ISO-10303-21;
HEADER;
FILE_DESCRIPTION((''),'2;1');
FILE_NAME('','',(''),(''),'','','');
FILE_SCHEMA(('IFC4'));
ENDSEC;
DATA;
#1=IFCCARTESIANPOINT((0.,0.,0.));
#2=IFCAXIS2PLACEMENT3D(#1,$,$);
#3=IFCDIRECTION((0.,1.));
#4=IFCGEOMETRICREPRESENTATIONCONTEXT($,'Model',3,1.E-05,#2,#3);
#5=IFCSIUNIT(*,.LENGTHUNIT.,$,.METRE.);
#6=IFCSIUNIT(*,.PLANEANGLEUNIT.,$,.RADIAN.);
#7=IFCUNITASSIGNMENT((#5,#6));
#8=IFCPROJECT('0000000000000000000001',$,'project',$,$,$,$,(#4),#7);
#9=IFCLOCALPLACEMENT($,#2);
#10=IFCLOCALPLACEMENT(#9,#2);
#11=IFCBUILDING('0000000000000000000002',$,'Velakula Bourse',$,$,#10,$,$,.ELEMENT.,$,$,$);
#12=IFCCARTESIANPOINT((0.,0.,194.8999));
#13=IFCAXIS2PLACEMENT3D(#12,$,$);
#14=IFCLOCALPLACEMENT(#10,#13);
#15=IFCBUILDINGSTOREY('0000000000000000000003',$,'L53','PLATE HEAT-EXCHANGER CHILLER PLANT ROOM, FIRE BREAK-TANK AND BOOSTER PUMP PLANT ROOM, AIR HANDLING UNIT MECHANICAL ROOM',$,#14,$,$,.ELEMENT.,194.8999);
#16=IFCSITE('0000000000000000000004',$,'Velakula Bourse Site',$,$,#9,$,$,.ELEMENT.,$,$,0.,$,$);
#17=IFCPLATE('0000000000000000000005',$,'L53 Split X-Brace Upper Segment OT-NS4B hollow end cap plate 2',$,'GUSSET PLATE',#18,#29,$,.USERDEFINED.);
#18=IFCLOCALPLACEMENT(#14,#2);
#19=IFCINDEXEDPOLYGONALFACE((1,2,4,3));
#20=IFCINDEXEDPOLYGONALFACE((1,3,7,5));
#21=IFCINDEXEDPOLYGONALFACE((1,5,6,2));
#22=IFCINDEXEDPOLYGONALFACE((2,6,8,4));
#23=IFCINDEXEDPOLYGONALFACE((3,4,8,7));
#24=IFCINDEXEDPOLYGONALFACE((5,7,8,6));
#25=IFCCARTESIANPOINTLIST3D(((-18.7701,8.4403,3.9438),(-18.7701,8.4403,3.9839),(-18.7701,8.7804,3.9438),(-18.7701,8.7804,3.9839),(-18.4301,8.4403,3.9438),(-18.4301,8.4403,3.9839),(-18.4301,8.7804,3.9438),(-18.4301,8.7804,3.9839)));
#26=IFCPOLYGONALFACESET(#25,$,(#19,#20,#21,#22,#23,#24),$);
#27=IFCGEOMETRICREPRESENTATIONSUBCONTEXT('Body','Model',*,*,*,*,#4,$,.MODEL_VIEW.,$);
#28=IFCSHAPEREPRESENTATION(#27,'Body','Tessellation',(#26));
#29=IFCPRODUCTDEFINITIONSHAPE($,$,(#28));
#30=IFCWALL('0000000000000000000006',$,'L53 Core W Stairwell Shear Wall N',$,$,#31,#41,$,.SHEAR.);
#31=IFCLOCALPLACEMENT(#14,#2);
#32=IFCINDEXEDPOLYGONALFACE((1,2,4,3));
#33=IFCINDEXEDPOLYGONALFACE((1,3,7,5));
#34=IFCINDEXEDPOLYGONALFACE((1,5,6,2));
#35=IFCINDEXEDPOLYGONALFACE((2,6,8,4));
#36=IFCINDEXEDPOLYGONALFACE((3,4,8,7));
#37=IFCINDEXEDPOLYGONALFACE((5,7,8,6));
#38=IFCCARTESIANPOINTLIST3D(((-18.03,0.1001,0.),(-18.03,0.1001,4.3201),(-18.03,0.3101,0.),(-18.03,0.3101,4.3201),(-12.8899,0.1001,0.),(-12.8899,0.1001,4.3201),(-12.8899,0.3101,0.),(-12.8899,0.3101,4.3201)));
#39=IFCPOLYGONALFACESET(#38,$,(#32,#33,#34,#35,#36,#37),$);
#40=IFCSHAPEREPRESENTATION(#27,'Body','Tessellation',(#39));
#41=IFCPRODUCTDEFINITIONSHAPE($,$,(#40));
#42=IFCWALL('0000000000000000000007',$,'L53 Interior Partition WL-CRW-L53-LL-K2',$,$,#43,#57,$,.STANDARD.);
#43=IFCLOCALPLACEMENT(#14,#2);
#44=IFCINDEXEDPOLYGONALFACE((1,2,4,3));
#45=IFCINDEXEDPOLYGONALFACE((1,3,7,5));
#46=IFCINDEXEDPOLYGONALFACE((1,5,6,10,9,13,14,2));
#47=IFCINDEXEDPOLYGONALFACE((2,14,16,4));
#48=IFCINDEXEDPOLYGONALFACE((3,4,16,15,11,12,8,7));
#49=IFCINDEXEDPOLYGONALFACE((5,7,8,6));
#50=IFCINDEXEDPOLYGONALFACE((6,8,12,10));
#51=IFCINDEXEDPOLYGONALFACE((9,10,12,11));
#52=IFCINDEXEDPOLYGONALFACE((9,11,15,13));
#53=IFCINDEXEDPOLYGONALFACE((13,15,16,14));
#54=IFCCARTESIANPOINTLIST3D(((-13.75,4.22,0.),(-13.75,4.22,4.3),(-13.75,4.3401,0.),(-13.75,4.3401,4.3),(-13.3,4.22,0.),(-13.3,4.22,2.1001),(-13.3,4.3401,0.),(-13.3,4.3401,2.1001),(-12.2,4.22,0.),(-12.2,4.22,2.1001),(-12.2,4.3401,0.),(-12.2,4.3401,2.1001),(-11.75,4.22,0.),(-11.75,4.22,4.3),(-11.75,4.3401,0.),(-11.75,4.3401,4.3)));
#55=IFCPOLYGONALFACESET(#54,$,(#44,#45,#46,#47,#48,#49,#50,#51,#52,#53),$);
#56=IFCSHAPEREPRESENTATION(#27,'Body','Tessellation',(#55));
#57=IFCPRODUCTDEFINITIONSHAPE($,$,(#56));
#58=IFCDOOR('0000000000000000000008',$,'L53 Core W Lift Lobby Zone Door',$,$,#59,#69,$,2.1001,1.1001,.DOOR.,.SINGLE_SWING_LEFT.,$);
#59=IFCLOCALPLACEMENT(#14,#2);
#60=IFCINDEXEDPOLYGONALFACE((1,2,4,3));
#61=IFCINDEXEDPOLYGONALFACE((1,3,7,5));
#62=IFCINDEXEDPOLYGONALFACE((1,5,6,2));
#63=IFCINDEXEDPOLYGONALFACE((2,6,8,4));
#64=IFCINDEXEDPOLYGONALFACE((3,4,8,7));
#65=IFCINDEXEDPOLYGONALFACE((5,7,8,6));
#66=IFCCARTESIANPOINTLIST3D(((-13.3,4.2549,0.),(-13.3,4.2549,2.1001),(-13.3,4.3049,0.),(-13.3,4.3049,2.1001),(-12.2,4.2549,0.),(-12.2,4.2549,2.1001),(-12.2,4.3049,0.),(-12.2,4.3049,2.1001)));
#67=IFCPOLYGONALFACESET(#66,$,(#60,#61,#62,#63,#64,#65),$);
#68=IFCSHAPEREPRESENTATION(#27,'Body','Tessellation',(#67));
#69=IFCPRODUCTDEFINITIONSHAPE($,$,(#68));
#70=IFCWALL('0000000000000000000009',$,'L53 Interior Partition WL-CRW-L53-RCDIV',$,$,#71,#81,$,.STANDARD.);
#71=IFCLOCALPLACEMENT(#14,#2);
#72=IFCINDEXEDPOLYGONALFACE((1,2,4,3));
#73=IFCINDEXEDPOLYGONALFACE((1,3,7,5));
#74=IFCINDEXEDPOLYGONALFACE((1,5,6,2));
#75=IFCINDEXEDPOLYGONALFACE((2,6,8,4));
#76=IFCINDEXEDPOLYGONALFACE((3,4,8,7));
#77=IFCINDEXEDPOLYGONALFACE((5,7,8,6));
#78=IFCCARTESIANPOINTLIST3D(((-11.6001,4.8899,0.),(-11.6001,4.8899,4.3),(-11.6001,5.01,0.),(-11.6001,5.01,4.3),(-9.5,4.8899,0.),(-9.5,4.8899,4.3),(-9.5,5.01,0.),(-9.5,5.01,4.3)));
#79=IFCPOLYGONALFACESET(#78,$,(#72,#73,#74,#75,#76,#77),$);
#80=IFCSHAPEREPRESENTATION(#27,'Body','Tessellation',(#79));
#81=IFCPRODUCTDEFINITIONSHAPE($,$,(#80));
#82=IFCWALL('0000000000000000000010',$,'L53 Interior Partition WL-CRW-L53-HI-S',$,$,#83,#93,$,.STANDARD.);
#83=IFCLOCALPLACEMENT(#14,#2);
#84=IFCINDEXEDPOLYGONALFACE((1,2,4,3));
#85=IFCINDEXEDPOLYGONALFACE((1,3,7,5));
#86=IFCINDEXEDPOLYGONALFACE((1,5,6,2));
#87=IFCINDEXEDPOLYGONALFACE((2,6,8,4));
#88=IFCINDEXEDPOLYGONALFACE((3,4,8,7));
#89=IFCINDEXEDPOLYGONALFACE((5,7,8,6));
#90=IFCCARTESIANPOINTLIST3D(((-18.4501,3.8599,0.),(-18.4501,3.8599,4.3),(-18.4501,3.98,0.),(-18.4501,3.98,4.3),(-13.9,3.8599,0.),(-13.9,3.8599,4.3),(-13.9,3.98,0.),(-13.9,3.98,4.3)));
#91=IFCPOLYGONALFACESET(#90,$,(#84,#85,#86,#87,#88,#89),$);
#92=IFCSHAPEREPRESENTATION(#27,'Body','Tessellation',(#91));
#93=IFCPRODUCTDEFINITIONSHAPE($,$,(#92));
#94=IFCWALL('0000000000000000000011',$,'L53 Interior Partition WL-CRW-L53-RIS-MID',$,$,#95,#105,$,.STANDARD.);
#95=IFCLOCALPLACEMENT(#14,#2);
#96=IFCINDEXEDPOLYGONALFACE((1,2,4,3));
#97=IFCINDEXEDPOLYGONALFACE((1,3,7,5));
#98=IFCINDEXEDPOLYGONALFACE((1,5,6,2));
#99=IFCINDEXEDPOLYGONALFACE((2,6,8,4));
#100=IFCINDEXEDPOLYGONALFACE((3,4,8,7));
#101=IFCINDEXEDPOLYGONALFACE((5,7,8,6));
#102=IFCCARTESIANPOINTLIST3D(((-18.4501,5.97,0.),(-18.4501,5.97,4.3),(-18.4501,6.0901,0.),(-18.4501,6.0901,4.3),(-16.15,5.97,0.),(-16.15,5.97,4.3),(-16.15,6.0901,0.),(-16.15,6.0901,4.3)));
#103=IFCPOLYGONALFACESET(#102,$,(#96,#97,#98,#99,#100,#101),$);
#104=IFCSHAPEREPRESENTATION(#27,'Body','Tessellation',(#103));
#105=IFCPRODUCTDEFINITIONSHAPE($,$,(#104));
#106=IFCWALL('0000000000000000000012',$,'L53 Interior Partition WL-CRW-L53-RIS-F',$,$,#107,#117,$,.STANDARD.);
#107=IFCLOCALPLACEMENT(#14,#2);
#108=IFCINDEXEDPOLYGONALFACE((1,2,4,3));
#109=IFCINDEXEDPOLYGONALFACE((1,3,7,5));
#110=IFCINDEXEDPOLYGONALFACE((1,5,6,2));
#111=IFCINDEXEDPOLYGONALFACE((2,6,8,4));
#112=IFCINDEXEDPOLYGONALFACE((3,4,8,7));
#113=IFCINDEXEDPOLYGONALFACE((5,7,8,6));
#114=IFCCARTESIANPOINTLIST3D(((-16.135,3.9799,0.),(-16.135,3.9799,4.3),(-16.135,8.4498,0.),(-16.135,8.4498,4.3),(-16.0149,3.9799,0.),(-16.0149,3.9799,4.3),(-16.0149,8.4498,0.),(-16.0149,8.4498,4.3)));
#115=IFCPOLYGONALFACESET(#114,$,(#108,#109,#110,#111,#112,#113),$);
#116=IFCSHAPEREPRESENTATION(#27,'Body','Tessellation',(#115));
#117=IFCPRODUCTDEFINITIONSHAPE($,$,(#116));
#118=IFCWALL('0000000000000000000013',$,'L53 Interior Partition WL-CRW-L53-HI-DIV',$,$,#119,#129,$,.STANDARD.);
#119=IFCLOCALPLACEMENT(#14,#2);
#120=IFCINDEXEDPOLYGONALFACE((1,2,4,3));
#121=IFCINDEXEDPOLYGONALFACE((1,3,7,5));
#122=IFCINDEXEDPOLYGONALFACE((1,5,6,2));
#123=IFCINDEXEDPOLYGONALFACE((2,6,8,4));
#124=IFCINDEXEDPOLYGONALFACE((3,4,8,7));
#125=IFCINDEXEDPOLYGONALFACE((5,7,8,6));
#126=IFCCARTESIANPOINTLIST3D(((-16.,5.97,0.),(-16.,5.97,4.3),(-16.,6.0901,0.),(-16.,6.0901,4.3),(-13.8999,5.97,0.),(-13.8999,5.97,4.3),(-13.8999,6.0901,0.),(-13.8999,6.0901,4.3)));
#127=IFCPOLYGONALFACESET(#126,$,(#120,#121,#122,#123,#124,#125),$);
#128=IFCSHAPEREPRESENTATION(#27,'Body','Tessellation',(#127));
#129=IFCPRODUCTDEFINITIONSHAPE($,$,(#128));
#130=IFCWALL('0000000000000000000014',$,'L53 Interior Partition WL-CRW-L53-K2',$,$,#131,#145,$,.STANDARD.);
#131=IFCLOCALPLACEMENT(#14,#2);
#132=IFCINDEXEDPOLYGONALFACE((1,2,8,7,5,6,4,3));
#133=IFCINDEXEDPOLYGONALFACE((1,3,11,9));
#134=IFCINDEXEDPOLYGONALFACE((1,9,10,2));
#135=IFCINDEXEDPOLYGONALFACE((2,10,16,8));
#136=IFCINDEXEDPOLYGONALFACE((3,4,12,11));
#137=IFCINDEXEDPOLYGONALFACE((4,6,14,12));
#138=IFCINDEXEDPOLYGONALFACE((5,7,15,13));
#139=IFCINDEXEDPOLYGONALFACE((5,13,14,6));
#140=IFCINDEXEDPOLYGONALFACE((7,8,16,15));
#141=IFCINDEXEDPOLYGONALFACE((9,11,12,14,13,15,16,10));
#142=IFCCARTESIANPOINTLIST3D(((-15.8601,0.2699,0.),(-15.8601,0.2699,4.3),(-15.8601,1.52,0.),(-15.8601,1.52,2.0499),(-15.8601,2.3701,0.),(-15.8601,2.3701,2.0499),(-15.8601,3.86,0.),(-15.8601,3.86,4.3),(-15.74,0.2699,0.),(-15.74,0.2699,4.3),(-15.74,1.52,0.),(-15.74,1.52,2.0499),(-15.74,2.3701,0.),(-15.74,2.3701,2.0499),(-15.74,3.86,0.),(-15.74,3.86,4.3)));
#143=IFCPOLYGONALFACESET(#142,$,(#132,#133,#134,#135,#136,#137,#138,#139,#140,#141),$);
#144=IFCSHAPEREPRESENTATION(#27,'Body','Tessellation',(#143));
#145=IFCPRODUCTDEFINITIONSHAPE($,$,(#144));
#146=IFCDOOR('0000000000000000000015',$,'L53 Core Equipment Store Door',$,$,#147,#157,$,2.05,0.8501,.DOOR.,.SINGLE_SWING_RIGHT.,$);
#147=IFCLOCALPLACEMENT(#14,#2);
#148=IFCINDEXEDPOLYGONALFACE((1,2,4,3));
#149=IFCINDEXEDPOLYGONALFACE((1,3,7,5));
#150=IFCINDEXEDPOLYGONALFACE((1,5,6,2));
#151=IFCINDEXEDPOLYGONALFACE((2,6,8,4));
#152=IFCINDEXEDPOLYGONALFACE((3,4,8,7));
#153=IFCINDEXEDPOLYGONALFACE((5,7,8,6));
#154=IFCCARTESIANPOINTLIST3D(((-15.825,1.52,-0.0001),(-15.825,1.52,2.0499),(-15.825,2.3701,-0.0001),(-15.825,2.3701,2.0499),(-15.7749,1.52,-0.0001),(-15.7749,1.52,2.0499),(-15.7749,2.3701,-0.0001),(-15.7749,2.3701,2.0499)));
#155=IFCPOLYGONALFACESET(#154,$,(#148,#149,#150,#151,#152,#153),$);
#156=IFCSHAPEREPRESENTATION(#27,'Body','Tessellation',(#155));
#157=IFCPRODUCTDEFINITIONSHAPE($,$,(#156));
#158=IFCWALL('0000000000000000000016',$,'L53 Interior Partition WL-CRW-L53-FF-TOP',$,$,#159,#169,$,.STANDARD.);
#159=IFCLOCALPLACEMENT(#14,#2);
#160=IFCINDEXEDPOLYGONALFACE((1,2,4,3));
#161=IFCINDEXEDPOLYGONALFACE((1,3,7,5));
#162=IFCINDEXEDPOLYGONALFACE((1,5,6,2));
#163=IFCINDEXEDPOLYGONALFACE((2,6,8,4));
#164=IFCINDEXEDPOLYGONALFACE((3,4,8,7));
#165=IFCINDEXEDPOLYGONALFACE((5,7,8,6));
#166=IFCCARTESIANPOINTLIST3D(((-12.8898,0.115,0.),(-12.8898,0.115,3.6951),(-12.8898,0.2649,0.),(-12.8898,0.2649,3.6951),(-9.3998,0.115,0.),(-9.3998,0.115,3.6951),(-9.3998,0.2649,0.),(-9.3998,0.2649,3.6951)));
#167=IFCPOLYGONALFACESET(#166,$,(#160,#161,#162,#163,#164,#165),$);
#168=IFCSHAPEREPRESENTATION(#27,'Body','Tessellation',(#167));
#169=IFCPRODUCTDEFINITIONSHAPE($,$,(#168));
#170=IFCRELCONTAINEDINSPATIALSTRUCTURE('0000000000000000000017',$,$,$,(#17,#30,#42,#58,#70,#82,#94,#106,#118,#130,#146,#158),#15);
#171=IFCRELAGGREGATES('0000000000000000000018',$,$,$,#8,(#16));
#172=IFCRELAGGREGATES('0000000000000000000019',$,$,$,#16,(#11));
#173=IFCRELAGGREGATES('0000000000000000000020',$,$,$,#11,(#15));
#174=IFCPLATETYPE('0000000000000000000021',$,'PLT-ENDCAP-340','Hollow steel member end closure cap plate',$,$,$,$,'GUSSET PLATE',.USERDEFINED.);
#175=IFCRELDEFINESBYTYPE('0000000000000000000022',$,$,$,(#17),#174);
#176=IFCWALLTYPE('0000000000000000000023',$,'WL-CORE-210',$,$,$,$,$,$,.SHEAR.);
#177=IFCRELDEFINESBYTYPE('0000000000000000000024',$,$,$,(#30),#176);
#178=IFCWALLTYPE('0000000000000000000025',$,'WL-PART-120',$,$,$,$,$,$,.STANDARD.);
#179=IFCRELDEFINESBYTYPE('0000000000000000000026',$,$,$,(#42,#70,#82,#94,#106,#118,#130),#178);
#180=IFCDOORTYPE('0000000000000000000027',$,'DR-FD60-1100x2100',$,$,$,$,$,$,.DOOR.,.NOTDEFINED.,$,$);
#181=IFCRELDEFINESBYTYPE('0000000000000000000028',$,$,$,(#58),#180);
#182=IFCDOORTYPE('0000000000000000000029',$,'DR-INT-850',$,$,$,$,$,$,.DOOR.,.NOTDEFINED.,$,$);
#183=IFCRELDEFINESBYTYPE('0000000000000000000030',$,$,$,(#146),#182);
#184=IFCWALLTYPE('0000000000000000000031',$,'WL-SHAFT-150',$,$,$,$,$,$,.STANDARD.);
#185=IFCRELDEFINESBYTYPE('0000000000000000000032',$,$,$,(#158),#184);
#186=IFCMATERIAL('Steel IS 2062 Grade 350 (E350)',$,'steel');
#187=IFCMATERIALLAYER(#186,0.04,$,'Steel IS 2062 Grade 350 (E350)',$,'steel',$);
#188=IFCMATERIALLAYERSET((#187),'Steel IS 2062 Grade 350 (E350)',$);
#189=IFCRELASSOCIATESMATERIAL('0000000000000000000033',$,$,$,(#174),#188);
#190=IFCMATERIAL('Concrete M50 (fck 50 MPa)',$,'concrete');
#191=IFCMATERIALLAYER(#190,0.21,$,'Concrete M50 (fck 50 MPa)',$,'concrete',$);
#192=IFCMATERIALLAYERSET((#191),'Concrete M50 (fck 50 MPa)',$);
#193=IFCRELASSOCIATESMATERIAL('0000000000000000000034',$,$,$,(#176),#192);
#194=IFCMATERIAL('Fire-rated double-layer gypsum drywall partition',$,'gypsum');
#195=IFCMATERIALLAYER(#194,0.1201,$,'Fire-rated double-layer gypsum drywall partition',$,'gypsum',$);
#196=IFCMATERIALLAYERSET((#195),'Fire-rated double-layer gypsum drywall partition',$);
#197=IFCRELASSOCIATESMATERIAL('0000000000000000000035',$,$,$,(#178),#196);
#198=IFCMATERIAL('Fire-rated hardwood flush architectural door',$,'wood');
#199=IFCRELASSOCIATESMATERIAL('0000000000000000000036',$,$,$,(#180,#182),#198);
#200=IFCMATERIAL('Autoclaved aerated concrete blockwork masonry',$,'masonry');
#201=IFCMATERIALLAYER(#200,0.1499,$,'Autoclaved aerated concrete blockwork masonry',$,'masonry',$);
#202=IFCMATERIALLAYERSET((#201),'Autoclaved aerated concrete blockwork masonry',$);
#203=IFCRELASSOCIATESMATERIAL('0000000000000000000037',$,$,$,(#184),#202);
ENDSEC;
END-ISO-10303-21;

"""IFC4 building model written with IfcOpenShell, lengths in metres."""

from ifc_helpers import new_model, si_unit, direction, frame, frame_2d, origin, origin_2d, place, context, subcontext, project, spatial, rectangle, extrude, material, layer, layer_set, type_object, element, fill, save


model = new_model("IFC4")

# Units and contexts
model_context = context("Model", 3, precision=1e-05, world=origin(), true_north=direction((0.0, 1.0)))
body_context = subcontext(model_context, "Body", "Model", "MODEL_VIEW")
ifc_project = project(units=[si_unit("LENGTHUNIT", "METRE"), si_unit("PLANEANGLEUNIT", "RADIAN")], contexts=[model_context])

# Site, building, storey
site_placement = place(None, origin())
site = spatial("IfcSite", under=ifc_project, at=site_placement, Name="Velakula Bourse Site", CompositionType="ELEMENT", RefElevation=0.0)
building_placement = place(site_placement, origin())
building = spatial("IfcBuilding", under=site, at=building_placement, Name="Velakula Bourse", CompositionType="ELEMENT")
storey_placement = place(building_placement, frame((0.0, 0.0, 194.8999)))
storey = spatial("IfcBuildingStorey", under=building, at=storey_placement, Name="L53", Description="PLATE HEAT-EXCHANGER CHILLER PLANT ROOM, FIRE BREAK-TANK AND BOOSTER PUMP PLANT ROOM, AIR HANDLING UNIT MECHANICAL ROOM", CompositionType="ELEMENT", Elevation=194.8999)

# Shared definitions
ifc_material_1 = material(Name="Steel IS 2062 Grade 350 (E350)", Category="steel")

# Plate
ifc_layer_1 = layer(ifc_material_1, 0.04, Name="Steel IS 2062 Grade 350 (E350)", Category="steel")
ifc_layer_set_1 = layer_set([ifc_layer_1], Name="Steel IS 2062 Grade 350 (E350)")
plate_type = type_object("IfcPlateType", Name="PLT-ENDCAP-340", Description="Hollow steel member end closure cap plate", ElementType="GUSSET PLATE", PredefinedType="USERDEFINED", material=ifc_layer_set_1)
plate_placement = place(storey_placement, frame((-18.6001, 8.6104, 3.9438), z_axis=(0.0, 0.0, 1.0), x_axis=(0.0, -1.0, 0.0)))
element("IfcPlate", 1, at=plate_placement, inside=storey, type_object=plate_type, Name="L53 Split X-Brace Upper Segment OT-NS4B hollow end cap plate 2", ObjectType="GUSSET PLATE", PredefinedType="USERDEFINED", context=body_context, shape_type="SweptSolid", body=[
    extrude(rectangle(XDim=0.3401, YDim=0.3401, at=origin_2d()), origin(), (0.0, 0.0, 1.0), 0.04),
])

# Wall
ifc_material_2 = material(Name="Concrete M50 (fck 50 MPa)", Category="concrete")
ifc_layer_2 = layer(ifc_material_2, 0.21, Name="Concrete M50 (fck 50 MPa)", Category="concrete")
ifc_layer_set_2 = layer_set([ifc_layer_2], Name="Concrete M50 (fck 50 MPa)")
wall_type_1 = type_object("IfcWallType", Name="WL-CORE-210", PredefinedType="SHEAR", material=ifc_layer_set_2)
wall_1_placement = place(storey_placement, frame((-12.8899, 0.2051, 0.0), z_axis=(0.0, 0.0, 1.0), x_axis=(-1.0, 0.0, 0.0)))
element("IfcWall", 2, at=wall_1_placement, inside=storey, type_object=wall_type_1, Name="L53 Core W Stairwell Shear Wall N", PredefinedType="SHEAR", context=body_context, shape_type="SweptSolid", body=[
    extrude(rectangle(XDim=5.1401, YDim=0.21, at=frame_2d((2.5701, 0.0))), origin(), (0.0, 0.0, 1.0), 4.3201),
])

# Wall, opening, door
ifc_material_3 = material(Name="Fire-rated double-layer gypsum drywall partition", Category="gypsum")
ifc_layer_3 = layer(ifc_material_3, 0.1201, Name="Fire-rated double-layer gypsum drywall partition", Category="gypsum")
ifc_layer_set_3 = layer_set([ifc_layer_3], Name="Fire-rated double-layer gypsum drywall partition")
wall_type_2 = type_object("IfcWallType", Name="WL-PART-120", PredefinedType="STANDARD", material=ifc_layer_set_3)
wall_2_placement = place(storey_placement, frame((-13.75, 4.28, 0.0), z_axis=(0.0, 0.0, 1.0), x_axis=(1.0, 0.0, 0.0)))
wall_2 = element("IfcWall", 3, at=wall_2_placement, inside=storey, type_object=wall_type_2, Name="L53 Interior Partition WL-CRW-L53-LL-K2", PredefinedType="STANDARD", context=body_context, shape_type="SweptSolid", body=[
    extrude(rectangle(XDim=2.0, YDim=0.1201, at=frame_2d((1.0, 0.0))), origin(), (0.0, 0.0, 1.0), 4.3),
])
opening_1_placement = place(wall_2_placement, frame((0.45, 0.0, 0.0)))
opening_1 = element("IfcOpeningElement", 4, at=opening_1_placement, cuts=wall_2, PredefinedType="OPENING", context=body_context, shape_type="SweptSolid", body=[
    extrude(rectangle(XDim=1.1001, YDim=2.1001, at=frame_2d((0.55, 1.05))), frame((0.0, 0.0701, 0.0), z_axis=(0.0, -1.0, 0.0), x_axis=(1.0, 0.0, 0.0)), (0.0, 0.0, 1.0), 0.1401),
])
ifc_material_4 = material(Name="Fire-rated hardwood flush architectural door", Category="wood")
door_type_1 = type_object("IfcDoorType", Name="DR-FD60-1100x2100", OperationType="NOTDEFINED", PredefinedType="DOOR", material=ifc_material_4)
door_1_placement = place(opening_1_placement, origin())
door_1 = element("IfcDoor", 5, at=door_1_placement, inside=storey, type_object=door_type_1, Name="L53 Core W Lift Lobby Zone Door", OperationType="SINGLE_SWING_LEFT", OverallHeight=2.1001, OverallWidth=1.1001, PredefinedType="DOOR", context=body_context, shape_type="SweptSolid", body=[
    extrude(rectangle(XDim=1.1001, YDim=2.1001, at=frame_2d((0.55, 1.05))), frame((0.0, 0.0249, 0.0), z_axis=(0.0, -1.0, 0.0), x_axis=(1.0, 0.0, 0.0)), (0.0, 0.0, 1.0), 0.05),
])
fill(opening_1, door_1)

# Walls
wall_3_placement = place(storey_placement, frame((-11.6001, 4.95, 0.0), z_axis=(0.0, 0.0, 1.0), x_axis=(1.0, 0.0, 0.0)))
element("IfcWall", 6, at=wall_3_placement, inside=storey, type_object=wall_type_2, Name="L53 Interior Partition WL-CRW-L53-RCDIV", PredefinedType="STANDARD", context=body_context, shape_type="SweptSolid", body=[
    extrude(rectangle(XDim=2.1001, YDim=0.1201, at=frame_2d((1.05, 0.0))), origin(), (0.0, 0.0, 1.0), 4.3),
])
wall_4_placement = place(storey_placement, frame((-18.45, 3.9199, 0.0), z_axis=(0.0, 0.0, 1.0), x_axis=(1.0, 0.0, 0.0)))
element("IfcWall", 7, at=wall_4_placement, inside=storey, type_object=wall_type_2, Name="L53 Interior Partition WL-CRW-L53-HI-S", PredefinedType="STANDARD", context=body_context, shape_type="SweptSolid", body=[
    extrude(rectangle(XDim=4.55, YDim=0.1201, at=frame_2d((2.2749, 0.0))), origin(), (0.0, 0.0, 1.0), 4.3),
])
wall_5_placement = place(storey_placement, frame((-18.45, 6.03, 0.0), z_axis=(0.0, 0.0, 1.0), x_axis=(1.0, 0.0, 0.0)))
element("IfcWall", 8, at=wall_5_placement, inside=storey, type_object=wall_type_2, Name="L53 Interior Partition WL-CRW-L53-RIS-MID", PredefinedType="STANDARD", context=body_context, shape_type="SweptSolid", body=[
    extrude(rectangle(XDim=2.3, YDim=0.1201, at=frame_2d((1.1499, 0.0))), origin(), (0.0, 0.0, 1.0), 4.3),
])
wall_6_placement = place(storey_placement, frame((-16.075, 3.98, 0.0), z_axis=(0.0, 0.0, 1.0), x_axis=(0.0, 1.0, 0.0)))
element("IfcWall", 9, at=wall_6_placement, inside=storey, type_object=wall_type_2, Name="L53 Interior Partition WL-CRW-L53-RIS-F", PredefinedType="STANDARD", context=body_context, shape_type="SweptSolid", body=[
    extrude(rectangle(XDim=4.47, YDim=0.1201, at=frame_2d((2.2349, 0.0))), origin(), (0.0, 0.0, 1.0), 4.3),
])
wall_7_placement = place(storey_placement, frame((-16.0, 6.03, 0.0), z_axis=(0.0, 0.0, 1.0), x_axis=(1.0, 0.0, 0.0)))
element("IfcWall", 10, at=wall_7_placement, inside=storey, type_object=wall_type_2, Name="L53 Interior Partition WL-CRW-L53-HI-DIV", PredefinedType="STANDARD", context=body_context, shape_type="SweptSolid", body=[
    extrude(rectangle(XDim=2.1001, YDim=0.1201, at=frame_2d((1.05, 0.0))), origin(), (0.0, 0.0, 1.0), 4.3),
])

# Wall, opening, door
wall_8_placement = place(storey_placement, frame((-15.8, 0.27, 0.0), z_axis=(0.0, 0.0, 1.0), x_axis=(0.0, 1.0, 0.0)))
wall_8 = element("IfcWall", 11, at=wall_8_placement, inside=storey, type_object=wall_type_2, Name="L53 Interior Partition WL-CRW-L53-K2", PredefinedType="STANDARD", context=body_context, shape_type="SweptSolid", body=[
    extrude(rectangle(XDim=3.5901, YDim=0.1201, at=frame_2d((1.7949, 0.0))), origin(), (0.0, 0.0, 1.0), 4.3),
])
opening_2_placement = place(wall_8_placement, frame((1.25, 0.0, 0.0)))
opening_2 = element("IfcOpeningElement", 12, at=opening_2_placement, cuts=wall_8, PredefinedType="OPENING", context=body_context, shape_type="SweptSolid", body=[
    extrude(rectangle(XDim=0.8501, YDim=2.05, at=frame_2d((0.425, 1.0249))), frame((0.0, 0.0701, 0.0), z_axis=(0.0, -1.0, 0.0), x_axis=(1.0, 0.0, 0.0)), (0.0, 0.0, 1.0), 0.1401),
])
door_type_2 = type_object("IfcDoorType", Name="DR-INT-850", OperationType="NOTDEFINED", PredefinedType="DOOR", material=ifc_material_4)
door_2_placement = place(opening_2_placement, origin())
door_2 = element("IfcDoor", 13, at=door_2_placement, inside=storey, type_object=door_type_2, Name="L53 Core Equipment Store Door", OperationType="SINGLE_SWING_RIGHT", OverallHeight=2.05, OverallWidth=0.8501, PredefinedType="DOOR", context=body_context, shape_type="SweptSolid", body=[
    extrude(rectangle(XDim=0.8501, YDim=2.05, at=frame_2d((0.425, 1.0249))), frame((0.0, 0.0249, 0.0), z_axis=(0.0, -1.0, 0.0), x_axis=(1.0, 0.0, 0.0)), (0.0, 0.0, 1.0), 0.05),
])
fill(opening_2, door_2)

# Wall
ifc_material_5 = material(Name="Autoclaved aerated concrete blockwork masonry", Category="masonry")
ifc_layer_4 = layer(ifc_material_5, 0.1499, Name="Autoclaved aerated concrete blockwork masonry", Category="masonry")
ifc_layer_set_4 = layer_set([ifc_layer_4], Name="Autoclaved aerated concrete blockwork masonry")
wall_type_3 = type_object("IfcWallType", Name="WL-SHAFT-150", PredefinedType="STANDARD", material=ifc_layer_set_4)
wall_9_placement = place(storey_placement, frame((-12.8899, 0.1899, 0.0), z_axis=(0.0, 0.0, 1.0), x_axis=(1.0, 0.0, 0.0)))
element("IfcWall", 14, at=wall_9_placement, inside=storey, type_object=wall_type_3, Name="L53 Interior Partition WL-CRW-L53-FF-TOP", PredefinedType="STANDARD", context=body_context, shape_type="SweptSolid", body=[
    extrude(rectangle(XDim=3.49, YDim=0.1499, at=frame_2d((1.7451, 0.0))), origin(), (0.0, 0.0, 1.0), 3.6951),
])

save(model, "model.ifc")
